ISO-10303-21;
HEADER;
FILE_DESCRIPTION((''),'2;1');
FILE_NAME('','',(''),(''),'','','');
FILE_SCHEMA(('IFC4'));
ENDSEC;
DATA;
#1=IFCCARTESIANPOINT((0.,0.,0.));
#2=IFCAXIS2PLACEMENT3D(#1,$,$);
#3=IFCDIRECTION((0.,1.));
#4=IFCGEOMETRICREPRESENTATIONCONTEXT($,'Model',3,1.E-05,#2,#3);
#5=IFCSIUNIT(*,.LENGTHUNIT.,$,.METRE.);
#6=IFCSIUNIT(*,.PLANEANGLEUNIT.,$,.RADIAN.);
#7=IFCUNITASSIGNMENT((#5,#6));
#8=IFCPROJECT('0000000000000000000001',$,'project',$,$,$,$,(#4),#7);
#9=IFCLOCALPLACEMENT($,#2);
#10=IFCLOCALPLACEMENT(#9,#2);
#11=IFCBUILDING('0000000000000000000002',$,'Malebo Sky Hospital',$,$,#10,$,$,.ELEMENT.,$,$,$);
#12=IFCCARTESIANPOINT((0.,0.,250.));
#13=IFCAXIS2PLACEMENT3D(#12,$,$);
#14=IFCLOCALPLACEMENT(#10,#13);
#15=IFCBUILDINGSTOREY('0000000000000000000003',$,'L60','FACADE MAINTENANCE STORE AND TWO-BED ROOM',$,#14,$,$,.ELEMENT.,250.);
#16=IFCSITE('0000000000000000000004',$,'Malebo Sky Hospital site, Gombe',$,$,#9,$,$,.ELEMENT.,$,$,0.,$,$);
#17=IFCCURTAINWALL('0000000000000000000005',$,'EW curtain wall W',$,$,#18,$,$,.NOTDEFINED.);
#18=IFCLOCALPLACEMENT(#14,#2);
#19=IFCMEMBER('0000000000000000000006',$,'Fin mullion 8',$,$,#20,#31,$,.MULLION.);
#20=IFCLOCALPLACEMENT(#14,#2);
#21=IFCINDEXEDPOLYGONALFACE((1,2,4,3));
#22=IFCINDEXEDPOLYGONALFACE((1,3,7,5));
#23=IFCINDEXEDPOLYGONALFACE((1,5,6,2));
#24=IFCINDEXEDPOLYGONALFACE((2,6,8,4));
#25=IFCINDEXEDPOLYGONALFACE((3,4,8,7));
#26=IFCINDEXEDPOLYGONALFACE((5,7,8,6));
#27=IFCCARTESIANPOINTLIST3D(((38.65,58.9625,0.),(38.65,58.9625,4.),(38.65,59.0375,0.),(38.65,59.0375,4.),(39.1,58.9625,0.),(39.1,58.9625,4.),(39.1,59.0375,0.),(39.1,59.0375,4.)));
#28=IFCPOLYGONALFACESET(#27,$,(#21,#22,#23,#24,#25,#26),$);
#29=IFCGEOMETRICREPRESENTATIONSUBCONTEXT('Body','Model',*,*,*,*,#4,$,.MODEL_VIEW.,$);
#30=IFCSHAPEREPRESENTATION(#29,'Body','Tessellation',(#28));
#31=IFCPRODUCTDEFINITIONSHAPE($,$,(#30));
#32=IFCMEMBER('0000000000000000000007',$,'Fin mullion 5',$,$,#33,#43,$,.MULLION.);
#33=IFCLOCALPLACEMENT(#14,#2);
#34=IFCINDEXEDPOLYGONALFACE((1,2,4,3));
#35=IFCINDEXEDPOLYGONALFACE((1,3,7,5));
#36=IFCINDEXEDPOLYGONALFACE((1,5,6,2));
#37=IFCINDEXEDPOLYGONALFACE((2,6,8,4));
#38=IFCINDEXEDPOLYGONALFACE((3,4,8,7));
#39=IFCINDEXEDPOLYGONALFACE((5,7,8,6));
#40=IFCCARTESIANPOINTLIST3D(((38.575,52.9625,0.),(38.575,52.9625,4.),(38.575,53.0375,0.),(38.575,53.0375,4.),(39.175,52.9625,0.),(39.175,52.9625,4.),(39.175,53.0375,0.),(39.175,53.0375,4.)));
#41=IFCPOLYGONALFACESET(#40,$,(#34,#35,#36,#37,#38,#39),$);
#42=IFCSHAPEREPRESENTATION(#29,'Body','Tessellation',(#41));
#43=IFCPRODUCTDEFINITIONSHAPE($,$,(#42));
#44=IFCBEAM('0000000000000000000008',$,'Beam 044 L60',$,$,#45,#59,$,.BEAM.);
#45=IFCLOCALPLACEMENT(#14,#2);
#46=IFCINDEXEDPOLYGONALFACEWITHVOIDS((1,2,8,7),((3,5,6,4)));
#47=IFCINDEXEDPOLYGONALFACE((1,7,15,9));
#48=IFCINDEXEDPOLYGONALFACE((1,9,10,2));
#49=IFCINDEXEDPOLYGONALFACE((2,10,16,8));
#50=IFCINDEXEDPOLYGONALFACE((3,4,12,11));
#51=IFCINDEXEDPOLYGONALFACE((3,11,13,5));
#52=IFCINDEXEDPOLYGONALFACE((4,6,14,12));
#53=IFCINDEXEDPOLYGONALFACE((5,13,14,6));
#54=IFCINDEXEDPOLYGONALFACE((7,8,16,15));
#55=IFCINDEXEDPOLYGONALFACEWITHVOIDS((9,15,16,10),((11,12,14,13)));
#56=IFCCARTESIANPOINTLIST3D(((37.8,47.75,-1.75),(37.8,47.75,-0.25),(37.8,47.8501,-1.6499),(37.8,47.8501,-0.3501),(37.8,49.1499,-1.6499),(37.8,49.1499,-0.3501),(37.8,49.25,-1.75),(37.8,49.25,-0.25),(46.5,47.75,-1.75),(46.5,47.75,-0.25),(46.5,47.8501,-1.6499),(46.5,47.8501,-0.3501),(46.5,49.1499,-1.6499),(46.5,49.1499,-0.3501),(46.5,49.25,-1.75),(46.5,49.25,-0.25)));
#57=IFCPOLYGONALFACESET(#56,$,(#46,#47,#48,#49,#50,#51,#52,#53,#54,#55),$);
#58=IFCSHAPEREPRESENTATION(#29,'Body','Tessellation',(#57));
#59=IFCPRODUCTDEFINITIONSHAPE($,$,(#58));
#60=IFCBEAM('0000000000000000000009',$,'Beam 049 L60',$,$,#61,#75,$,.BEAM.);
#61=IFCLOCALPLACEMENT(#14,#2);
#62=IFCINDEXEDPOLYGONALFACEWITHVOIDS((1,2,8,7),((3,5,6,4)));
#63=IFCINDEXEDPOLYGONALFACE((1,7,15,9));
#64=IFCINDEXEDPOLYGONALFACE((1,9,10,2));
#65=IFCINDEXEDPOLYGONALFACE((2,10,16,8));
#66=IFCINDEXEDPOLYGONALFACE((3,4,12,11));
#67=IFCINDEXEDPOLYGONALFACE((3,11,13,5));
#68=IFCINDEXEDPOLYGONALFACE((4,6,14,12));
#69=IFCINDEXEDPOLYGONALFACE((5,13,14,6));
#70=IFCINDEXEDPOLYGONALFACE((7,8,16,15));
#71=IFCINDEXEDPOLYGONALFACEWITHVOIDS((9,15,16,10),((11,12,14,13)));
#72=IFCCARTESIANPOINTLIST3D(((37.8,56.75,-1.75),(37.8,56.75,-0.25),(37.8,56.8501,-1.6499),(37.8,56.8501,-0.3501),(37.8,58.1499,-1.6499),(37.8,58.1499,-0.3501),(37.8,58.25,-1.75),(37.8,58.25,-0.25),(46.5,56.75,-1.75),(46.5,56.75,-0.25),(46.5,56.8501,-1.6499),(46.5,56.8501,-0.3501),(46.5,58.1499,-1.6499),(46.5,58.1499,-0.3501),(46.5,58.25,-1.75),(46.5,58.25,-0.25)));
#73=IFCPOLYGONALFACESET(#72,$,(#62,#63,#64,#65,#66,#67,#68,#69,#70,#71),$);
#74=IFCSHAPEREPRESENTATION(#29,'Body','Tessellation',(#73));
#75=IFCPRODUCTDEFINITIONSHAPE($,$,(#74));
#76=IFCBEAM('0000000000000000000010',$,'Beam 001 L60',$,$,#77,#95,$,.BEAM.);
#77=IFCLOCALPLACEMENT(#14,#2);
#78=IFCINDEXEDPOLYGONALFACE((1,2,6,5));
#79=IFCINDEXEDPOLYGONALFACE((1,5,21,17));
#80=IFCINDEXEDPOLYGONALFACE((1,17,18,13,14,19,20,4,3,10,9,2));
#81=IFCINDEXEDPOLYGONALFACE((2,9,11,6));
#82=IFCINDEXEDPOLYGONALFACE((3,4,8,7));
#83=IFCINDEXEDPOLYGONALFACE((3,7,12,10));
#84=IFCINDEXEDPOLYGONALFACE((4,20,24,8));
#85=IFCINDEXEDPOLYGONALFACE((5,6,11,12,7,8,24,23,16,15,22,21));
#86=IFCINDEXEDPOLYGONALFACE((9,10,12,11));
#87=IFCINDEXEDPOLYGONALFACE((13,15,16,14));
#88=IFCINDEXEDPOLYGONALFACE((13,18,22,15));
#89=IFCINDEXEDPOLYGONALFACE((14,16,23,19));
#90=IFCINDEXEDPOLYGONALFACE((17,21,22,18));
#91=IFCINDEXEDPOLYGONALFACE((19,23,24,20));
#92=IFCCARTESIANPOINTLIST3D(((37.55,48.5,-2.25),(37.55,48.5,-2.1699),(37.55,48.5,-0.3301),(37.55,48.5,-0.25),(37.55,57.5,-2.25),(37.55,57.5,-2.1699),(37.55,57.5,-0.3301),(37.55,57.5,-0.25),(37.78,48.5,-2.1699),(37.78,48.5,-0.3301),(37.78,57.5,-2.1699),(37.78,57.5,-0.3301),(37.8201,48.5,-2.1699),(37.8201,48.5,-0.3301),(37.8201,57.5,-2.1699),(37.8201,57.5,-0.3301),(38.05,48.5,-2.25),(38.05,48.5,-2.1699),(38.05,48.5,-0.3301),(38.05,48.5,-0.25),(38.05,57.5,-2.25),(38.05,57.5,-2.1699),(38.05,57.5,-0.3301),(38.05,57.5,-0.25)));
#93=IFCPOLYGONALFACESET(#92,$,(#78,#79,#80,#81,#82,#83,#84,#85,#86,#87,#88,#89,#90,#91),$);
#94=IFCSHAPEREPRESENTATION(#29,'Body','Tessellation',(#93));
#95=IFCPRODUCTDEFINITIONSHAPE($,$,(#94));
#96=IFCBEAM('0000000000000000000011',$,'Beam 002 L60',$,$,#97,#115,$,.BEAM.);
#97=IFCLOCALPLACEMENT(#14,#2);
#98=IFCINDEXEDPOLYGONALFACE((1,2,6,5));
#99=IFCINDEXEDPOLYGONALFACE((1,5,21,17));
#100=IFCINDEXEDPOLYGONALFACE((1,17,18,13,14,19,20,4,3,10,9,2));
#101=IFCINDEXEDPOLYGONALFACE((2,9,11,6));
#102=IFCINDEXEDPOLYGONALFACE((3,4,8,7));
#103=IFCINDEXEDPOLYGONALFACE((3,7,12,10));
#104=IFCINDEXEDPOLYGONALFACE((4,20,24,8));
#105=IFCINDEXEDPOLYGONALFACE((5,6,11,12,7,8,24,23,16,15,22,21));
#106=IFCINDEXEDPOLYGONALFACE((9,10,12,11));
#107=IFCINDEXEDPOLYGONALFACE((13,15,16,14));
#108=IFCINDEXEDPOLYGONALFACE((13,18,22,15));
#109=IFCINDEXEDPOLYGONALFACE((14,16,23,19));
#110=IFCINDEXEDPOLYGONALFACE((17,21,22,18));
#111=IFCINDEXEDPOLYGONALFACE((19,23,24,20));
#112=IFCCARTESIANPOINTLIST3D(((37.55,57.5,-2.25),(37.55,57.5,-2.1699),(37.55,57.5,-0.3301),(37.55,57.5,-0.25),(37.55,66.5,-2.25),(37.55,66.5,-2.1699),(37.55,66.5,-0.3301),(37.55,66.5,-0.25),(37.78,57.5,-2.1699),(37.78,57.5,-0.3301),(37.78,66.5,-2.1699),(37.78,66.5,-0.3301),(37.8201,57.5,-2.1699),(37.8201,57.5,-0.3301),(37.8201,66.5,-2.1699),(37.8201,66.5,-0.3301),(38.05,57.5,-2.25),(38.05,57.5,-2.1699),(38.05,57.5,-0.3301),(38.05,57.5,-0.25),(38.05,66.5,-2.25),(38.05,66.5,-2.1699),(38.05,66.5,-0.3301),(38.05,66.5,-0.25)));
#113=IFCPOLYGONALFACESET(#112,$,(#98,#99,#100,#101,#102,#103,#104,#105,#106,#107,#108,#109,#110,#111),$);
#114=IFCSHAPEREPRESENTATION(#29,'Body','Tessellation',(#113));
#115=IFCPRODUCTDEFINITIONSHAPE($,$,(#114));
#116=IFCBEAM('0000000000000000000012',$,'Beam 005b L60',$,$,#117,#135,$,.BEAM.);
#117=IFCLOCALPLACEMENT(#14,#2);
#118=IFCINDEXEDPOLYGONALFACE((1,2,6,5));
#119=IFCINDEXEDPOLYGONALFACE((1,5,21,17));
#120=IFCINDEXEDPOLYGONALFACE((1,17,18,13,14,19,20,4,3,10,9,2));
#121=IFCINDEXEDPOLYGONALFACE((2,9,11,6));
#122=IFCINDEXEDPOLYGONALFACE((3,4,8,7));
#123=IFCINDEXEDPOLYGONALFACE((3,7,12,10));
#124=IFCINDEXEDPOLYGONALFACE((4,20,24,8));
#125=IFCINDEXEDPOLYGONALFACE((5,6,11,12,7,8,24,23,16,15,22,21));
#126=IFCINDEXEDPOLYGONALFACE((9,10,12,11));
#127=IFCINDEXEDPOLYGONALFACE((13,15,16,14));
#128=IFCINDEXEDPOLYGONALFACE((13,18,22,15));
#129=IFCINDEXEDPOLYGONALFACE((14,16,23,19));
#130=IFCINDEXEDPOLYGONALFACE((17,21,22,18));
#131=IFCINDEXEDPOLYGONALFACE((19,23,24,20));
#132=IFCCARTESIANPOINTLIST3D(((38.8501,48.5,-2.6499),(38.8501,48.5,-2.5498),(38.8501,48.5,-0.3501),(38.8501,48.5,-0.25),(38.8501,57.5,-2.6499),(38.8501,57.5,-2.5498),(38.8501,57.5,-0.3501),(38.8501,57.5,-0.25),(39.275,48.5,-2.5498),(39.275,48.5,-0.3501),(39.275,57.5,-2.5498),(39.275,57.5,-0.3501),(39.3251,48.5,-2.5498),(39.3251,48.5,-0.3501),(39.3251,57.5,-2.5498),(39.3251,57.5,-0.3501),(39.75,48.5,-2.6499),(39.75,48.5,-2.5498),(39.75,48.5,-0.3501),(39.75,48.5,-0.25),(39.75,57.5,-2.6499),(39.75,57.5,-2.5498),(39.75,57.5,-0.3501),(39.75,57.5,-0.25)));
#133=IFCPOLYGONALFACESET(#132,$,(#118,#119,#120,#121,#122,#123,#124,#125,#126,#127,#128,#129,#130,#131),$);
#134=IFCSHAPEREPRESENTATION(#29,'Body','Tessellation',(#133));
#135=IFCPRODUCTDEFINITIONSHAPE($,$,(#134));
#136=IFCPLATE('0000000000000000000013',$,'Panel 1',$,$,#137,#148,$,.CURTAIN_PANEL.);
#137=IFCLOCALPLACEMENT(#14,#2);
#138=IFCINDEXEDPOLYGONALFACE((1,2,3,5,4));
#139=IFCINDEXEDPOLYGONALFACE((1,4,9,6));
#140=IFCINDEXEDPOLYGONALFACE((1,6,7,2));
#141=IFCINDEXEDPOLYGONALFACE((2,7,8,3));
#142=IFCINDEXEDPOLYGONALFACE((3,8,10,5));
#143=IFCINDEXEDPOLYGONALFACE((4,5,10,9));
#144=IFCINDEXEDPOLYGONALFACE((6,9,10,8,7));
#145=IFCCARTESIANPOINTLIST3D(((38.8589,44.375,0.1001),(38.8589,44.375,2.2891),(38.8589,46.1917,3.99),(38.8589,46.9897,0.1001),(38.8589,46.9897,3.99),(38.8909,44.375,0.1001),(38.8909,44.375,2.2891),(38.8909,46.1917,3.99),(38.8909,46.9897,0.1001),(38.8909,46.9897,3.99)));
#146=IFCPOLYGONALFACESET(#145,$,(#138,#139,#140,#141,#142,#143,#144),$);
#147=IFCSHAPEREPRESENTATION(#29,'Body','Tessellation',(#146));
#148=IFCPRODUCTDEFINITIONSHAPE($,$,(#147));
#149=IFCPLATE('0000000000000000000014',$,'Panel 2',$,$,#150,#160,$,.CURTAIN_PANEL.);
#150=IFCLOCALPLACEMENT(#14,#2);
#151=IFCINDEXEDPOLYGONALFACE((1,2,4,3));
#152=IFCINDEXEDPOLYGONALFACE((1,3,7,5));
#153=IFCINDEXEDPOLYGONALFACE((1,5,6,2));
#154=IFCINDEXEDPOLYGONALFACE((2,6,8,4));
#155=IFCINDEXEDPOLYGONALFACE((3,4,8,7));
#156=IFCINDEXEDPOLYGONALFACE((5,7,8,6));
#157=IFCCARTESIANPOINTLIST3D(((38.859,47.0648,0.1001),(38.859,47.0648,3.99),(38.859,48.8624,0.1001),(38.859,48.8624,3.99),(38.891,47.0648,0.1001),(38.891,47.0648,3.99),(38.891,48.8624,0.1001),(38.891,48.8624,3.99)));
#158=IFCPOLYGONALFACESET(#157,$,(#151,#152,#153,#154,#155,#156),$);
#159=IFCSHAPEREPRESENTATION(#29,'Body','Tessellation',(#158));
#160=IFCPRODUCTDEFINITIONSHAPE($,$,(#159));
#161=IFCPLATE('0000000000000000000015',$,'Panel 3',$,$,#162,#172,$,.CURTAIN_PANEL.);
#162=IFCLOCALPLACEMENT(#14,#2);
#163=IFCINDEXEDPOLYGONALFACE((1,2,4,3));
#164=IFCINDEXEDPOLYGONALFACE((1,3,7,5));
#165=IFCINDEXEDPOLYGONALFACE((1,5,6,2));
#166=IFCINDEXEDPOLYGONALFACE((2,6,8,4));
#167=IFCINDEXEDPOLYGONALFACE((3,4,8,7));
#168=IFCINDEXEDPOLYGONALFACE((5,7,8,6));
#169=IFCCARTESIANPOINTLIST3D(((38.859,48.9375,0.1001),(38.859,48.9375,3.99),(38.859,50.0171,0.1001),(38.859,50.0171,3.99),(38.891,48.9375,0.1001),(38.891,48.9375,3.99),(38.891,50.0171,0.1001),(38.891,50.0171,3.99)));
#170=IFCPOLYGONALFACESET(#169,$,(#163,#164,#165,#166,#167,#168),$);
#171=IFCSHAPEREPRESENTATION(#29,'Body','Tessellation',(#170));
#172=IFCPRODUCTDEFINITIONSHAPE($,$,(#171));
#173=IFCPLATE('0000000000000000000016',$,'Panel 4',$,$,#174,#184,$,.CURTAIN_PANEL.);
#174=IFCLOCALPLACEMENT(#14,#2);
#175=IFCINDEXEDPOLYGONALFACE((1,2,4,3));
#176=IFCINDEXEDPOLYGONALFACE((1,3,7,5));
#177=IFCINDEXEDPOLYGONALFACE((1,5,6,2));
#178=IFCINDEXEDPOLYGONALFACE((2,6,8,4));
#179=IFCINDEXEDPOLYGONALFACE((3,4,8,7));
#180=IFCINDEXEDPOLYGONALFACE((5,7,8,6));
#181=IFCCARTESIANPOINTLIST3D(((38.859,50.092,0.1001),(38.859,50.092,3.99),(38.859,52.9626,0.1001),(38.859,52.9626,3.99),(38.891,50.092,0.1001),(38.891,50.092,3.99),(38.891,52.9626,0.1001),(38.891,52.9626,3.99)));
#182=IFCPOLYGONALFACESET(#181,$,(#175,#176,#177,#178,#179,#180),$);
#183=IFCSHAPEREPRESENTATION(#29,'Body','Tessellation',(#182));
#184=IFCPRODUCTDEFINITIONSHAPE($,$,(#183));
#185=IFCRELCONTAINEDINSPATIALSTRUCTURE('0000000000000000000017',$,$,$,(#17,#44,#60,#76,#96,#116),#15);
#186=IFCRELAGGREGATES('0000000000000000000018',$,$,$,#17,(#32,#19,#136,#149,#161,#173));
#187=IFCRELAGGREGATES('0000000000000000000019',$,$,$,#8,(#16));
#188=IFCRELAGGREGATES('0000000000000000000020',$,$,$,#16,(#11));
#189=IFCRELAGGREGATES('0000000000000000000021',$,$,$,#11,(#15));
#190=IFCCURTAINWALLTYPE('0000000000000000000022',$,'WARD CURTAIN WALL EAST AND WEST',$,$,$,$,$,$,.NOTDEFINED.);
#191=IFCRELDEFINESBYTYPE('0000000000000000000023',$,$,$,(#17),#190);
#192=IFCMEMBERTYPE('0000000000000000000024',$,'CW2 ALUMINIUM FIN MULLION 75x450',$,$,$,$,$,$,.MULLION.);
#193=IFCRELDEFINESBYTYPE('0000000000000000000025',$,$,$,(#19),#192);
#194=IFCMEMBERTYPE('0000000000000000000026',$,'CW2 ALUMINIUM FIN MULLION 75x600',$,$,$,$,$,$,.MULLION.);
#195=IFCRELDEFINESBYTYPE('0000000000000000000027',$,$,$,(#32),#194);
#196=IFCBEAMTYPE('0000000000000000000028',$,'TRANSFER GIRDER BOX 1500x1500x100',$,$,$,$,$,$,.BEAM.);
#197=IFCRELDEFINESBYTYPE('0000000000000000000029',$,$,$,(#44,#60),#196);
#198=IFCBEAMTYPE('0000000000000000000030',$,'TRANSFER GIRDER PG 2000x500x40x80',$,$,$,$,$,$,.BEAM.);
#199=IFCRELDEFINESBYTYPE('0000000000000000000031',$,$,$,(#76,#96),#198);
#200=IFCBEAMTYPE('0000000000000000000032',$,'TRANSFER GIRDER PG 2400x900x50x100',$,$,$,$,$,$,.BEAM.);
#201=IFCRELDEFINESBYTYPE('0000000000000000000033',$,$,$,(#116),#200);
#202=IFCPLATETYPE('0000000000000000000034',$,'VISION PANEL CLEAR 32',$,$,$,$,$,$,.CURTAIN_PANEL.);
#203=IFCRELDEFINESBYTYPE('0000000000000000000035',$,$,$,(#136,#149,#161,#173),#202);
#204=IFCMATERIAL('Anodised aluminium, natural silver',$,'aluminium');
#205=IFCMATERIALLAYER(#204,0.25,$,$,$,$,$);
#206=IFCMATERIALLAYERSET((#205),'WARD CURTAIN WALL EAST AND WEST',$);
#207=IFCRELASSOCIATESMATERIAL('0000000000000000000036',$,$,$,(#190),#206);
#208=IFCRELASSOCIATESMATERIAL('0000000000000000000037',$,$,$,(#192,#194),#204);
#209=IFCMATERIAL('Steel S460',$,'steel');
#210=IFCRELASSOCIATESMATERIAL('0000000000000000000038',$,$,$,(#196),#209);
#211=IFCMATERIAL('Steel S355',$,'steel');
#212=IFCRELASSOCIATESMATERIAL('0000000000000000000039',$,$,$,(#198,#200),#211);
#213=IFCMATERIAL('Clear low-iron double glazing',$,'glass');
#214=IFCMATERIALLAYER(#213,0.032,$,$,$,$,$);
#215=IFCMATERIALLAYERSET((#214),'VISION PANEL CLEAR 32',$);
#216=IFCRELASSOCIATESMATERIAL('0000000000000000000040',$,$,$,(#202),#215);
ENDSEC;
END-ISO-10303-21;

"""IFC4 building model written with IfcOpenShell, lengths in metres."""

from ifc_helpers import new_model, si_unit, direction, frame, origin, origin_2d, place, context, subcontext, project, spatial, polyline, rectangle, hollow_rectangle, i_section, outline, extrude, material, layer, layer_set, material_profile, profile_set, type_object, element, aggregate, save


model = new_model("IFC4")

# Units and contexts
model_context = context("Model", 3, precision=1e-05, world=origin(), true_north=direction((0.0, 1.0)))
body_context = subcontext(model_context, "Body", "Model", "MODEL_VIEW")
ifc_project = project(units=[si_unit("LENGTHUNIT", "METRE"), si_unit("PLANEANGLEUNIT", "RADIAN")], contexts=[model_context])

# Site, building, storey
site_placement = place(None, origin())
site = spatial("IfcSite", under=ifc_project, at=site_placement, Name="Malebo Sky Hospital site, Gombe", CompositionType="ELEMENT", RefElevation=0.0)
building_placement = place(site_placement, origin())
building = spatial("IfcBuilding", under=site, at=building_placement, Name="Malebo Sky Hospital", CompositionType="ELEMENT")
storey_placement = place(building_placement, frame((0.0, 0.0, 250.0)))
storey = spatial("IfcBuildingStorey", under=building, at=storey_placement, Name="L60", Description="FACADE MAINTENANCE STORE AND TWO-BED ROOM", CompositionType="ELEMENT", Elevation=250.0)

# Shared definitions
ifc_material_1 = material(Name="Steel S460", Category="steel")

# Curtain wall, members
ifc_material_2 = material(Name="Anodised aluminium, natural silver", Category="aluminium")
ifc_layer_1 = layer(ifc_material_2, 0.25)
ifc_layer_set_1 = layer_set([ifc_layer_1], Name="WARD CURTAIN WALL EAST AND WEST")
curtain_wall_type = type_object("IfcCurtainWallType", Name="WARD CURTAIN WALL EAST AND WEST", PredefinedType="NOTDEFINED", material=ifc_layer_set_1)
curtain_wall_placement = place(storey_placement, origin())
curtain_wall = element("IfcCurtainWall", 1, at=curtain_wall_placement, inside=storey, type_object=curtain_wall_type, Name="EW curtain wall W", PredefinedType="NOTDEFINED")
ifc_material_profile_1 = material_profile(ifc_material_2, rectangle(XDim=0.075, YDim=0.45, at=origin_2d()), Name="CW2 ALUMINIUM FIN MULLION 75x450")
ifc_profile_set_1 = profile_set([ifc_material_profile_1], Name="Anodised aluminium, natural silver")
member_type_1 = type_object("IfcMemberType", Name="CW2 ALUMINIUM FIN MULLION 75x450", PredefinedType="MULLION", material=ifc_profile_set_1)
member_1_placement = place(storey_placement, frame((38.875, 59.0, 0.0), z_axis=(0.0, 0.0, 1.0), x_axis=(0.0, 1.0, 0.0)))
member_1 = element("IfcMember", 2, at=member_1_placement, type_object=member_type_1, Name="Fin mullion 8", PredefinedType="MULLION", context=body_context, shape_type="SweptSolid", body=[
    extrude(rectangle(XDim=0.075, YDim=0.45, at=origin_2d()), origin(), (0.0, 0.0, 1.0), 4.0),
])
ifc_material_profile_2 = material_profile(ifc_material_2, rectangle(XDim=0.075, YDim=0.6001, at=origin_2d()), Name="CW2 ALUMINIUM FIN MULLION 75x600")
ifc_profile_set_2 = profile_set([ifc_material_profile_2], Name="Anodised aluminium, natural silver")
member_type_2 = type_object("IfcMemberType", Name="CW2 ALUMINIUM FIN MULLION 75x600", PredefinedType="MULLION", material=ifc_profile_set_2)
member_2_placement = place(storey_placement, frame((38.875, 53.0, 0.0), z_axis=(0.0, 0.0, 1.0), x_axis=(0.0, 1.0, 0.0)))
member_2 = element("IfcMember", 3, at=member_2_placement, type_object=member_type_2, Name="Fin mullion 5", PredefinedType="MULLION", context=body_context, shape_type="SweptSolid", body=[
    extrude(rectangle(XDim=0.075, YDim=0.6001, at=origin_2d()), origin(), (0.0, 0.0, 1.0), 4.0),
])

# Beams
ifc_material_profile_3 = material_profile(ifc_material_1, hollow_rectangle(XDim=1.5, YDim=1.5, WallThickness=0.1001, at=origin_2d()), Name="BOX 1500x1500x100")
ifc_profile_set_3 = profile_set([ifc_material_profile_3], Name="Steel S460")
beam_type_1 = type_object("IfcBeamType", Name="TRANSFER GIRDER BOX 1500x1500x100", PredefinedType="BEAM", material=ifc_profile_set_3)
for number, where, z_axis, x_axis, name in (
    (4, (37.8, 48.5, -1.0), (1.0, 0.0, 0.0), (0.0, 1.0, 0.0), "Beam 044 L60"),
    (5, (37.8, 57.5, -1.0), (1.0, 0.0, 0.0), (0.0, 1.0, 0.0), "Beam 049 L60"),
):
    element("IfcBeam", number, at=place(storey_placement, frame(where, z_axis=z_axis, x_axis=x_axis)), inside=storey, type_object=beam_type_1, Name=name, PredefinedType="BEAM", context=body_context, shape_type="SweptSolid", body=[
        extrude(hollow_rectangle(XDim=1.5, YDim=1.5, WallThickness=0.1001, at=origin_2d()), origin(), (0.0, 0.0, 1.0), 8.7),
    ])
ifc_material_3 = material(Name="Steel S355", Category="steel")
ifc_material_profile_4 = material_profile(ifc_material_3, i_section(OverallWidth=0.5, OverallDepth=2.0, WebThickness=0.04, FlangeThickness=0.0801, at=origin_2d()), Name="PG 2000x500x40x80")
ifc_profile_set_4 = profile_set([ifc_material_profile_4], Name="Steel S355")
beam_type_2 = type_object("IfcBeamType", Name="TRANSFER GIRDER PG 2000x500x40x80", PredefinedType="BEAM", material=ifc_profile_set_4)
for number, where, z_axis, x_axis, name in (
    (6, (37.8, 48.5, -1.25), (0.0, 1.0, 0.0), (-1.0, 0.0, 0.0), "Beam 001 L60"),
    (7, (37.8, 57.5, -1.25), (0.0, 1.0, 0.0), (-1.0, 0.0, 0.0), "Beam 002 L60"),
):
    element("IfcBeam", number, at=place(storey_placement, frame(where, z_axis=z_axis, x_axis=x_axis)), inside=storey, type_object=beam_type_2, Name=name, PredefinedType="BEAM", context=body_context, shape_type="SweptSolid", body=[
        extrude(i_section(OverallWidth=0.5, OverallDepth=2.0, WebThickness=0.04, FlangeThickness=0.0801, at=origin_2d()), origin(), (0.0, 0.0, 1.0), 9.0),
    ])
ifc_material_profile_5 = material_profile(ifc_material_3, i_section(OverallWidth=0.8999, OverallDepth=2.3999, WebThickness=0.05, FlangeThickness=0.1001, at=origin_2d()), Name="PG 2400x900x50x100")
ifc_profile_set_5 = profile_set([ifc_material_profile_5], Name="Steel S355")
beam_type_3 = type_object("IfcBeamType", Name="TRANSFER GIRDER PG 2400x900x50x100", PredefinedType="BEAM", material=ifc_profile_set_5)
beam_placement = place(storey_placement, frame((39.3, 48.5, -1.45), z_axis=(0.0, 1.0, 0.0), x_axis=(-1.0, 0.0, 0.0)))
element("IfcBeam", 8, at=beam_placement, inside=storey, type_object=beam_type_3, Name="Beam 005b L60", PredefinedType="BEAM", context=body_context, shape_type="SweptSolid", body=[
    extrude(i_section(OverallWidth=0.8999, OverallDepth=2.3999, WebThickness=0.05, FlangeThickness=0.1001, at=origin_2d()), origin(), (0.0, 0.0, 1.0), 9.0),
])

# Plates
ifc_material_4 = material(Name="Clear low-iron double glazing", Category="glass")
ifc_layer_2 = layer(ifc_material_4, 0.032)
ifc_layer_set_2 = layer_set([ifc_layer_2], Name="VISION PANEL CLEAR 32")
plate_type = type_object("IfcPlateType", Name="VISION PANEL CLEAR 32", PredefinedType="CURTAIN_PANEL", material=ifc_layer_set_2)
plate_1_placement = place(storey_placement, frame((38.875, 45.6824, 0.1001), z_axis=(0.0, 0.0, 1.0), x_axis=(0.0, 1.0, 0.0)))
plate_1 = element("IfcPlate", 9, at=plate_1_placement, type_object=plate_type, Name="Panel 1", PredefinedType="CURTAIN_PANEL", context=body_context, shape_type="SweptSolid", body=[
    extrude(outline(polyline([(-1.3074, 0.0), (1.3074, 0.0), (1.3074, 3.8899), (0.5093, 3.8899), (-1.3074, 2.189), (-1.3074, 0.0)])), frame((0.0, 0.0161, 0.0), z_axis=(0.0, -1.0, 0.0), x_axis=(1.0, 0.0, 0.0)), (0.0, 0.0, 1.0), 0.032),
])
plate_2_placement = place(storey_placement, frame((38.875, 47.9636, 0.1001), z_axis=(0.0, 0.0, 1.0), x_axis=(0.0, 1.0, 0.0)))
plate_2 = element("IfcPlate", 10, at=plate_2_placement, type_object=plate_type, Name="Panel 2", PredefinedType="CURTAIN_PANEL", context=body_context, shape_type="SweptSolid", body=[
    extrude(rectangle(XDim=1.7976, YDim=0.032, at=origin_2d()), origin(), (0.0, 0.0, 1.0), 3.8899),
])
plate_3_placement = place(storey_placement, frame((38.875, 49.4773, 0.1001), z_axis=(0.0, 0.0, 1.0), x_axis=(0.0, 1.0, 0.0)))
plate_3 = element("IfcPlate", 11, at=plate_3_placement, type_object=plate_type, Name="Panel 3", PredefinedType="CURTAIN_PANEL", context=body_context, shape_type="SweptSolid", body=[
    extrude(rectangle(XDim=1.0796, YDim=0.032, at=origin_2d()), origin(), (0.0, 0.0, 1.0), 3.8899),
])
plate_4_placement = place(storey_placement, frame((38.875, 51.5273, 0.1001), z_axis=(0.0, 0.0, 1.0), x_axis=(0.0, 1.0, 0.0)))
plate_4 = element("IfcPlate", 12, at=plate_4_placement, type_object=plate_type, Name="Panel 4", PredefinedType="CURTAIN_PANEL", context=body_context, shape_type="SweptSolid", body=[
    extrude(rectangle(XDim=2.8706, YDim=0.032, at=origin_2d()), origin(), (0.0, 0.0, 1.0), 3.8899),
])
aggregate(curtain_wall, [member_2, member_1, plate_1, plate_2, plate_3, plate_4])

save(model, "model.ifc")
